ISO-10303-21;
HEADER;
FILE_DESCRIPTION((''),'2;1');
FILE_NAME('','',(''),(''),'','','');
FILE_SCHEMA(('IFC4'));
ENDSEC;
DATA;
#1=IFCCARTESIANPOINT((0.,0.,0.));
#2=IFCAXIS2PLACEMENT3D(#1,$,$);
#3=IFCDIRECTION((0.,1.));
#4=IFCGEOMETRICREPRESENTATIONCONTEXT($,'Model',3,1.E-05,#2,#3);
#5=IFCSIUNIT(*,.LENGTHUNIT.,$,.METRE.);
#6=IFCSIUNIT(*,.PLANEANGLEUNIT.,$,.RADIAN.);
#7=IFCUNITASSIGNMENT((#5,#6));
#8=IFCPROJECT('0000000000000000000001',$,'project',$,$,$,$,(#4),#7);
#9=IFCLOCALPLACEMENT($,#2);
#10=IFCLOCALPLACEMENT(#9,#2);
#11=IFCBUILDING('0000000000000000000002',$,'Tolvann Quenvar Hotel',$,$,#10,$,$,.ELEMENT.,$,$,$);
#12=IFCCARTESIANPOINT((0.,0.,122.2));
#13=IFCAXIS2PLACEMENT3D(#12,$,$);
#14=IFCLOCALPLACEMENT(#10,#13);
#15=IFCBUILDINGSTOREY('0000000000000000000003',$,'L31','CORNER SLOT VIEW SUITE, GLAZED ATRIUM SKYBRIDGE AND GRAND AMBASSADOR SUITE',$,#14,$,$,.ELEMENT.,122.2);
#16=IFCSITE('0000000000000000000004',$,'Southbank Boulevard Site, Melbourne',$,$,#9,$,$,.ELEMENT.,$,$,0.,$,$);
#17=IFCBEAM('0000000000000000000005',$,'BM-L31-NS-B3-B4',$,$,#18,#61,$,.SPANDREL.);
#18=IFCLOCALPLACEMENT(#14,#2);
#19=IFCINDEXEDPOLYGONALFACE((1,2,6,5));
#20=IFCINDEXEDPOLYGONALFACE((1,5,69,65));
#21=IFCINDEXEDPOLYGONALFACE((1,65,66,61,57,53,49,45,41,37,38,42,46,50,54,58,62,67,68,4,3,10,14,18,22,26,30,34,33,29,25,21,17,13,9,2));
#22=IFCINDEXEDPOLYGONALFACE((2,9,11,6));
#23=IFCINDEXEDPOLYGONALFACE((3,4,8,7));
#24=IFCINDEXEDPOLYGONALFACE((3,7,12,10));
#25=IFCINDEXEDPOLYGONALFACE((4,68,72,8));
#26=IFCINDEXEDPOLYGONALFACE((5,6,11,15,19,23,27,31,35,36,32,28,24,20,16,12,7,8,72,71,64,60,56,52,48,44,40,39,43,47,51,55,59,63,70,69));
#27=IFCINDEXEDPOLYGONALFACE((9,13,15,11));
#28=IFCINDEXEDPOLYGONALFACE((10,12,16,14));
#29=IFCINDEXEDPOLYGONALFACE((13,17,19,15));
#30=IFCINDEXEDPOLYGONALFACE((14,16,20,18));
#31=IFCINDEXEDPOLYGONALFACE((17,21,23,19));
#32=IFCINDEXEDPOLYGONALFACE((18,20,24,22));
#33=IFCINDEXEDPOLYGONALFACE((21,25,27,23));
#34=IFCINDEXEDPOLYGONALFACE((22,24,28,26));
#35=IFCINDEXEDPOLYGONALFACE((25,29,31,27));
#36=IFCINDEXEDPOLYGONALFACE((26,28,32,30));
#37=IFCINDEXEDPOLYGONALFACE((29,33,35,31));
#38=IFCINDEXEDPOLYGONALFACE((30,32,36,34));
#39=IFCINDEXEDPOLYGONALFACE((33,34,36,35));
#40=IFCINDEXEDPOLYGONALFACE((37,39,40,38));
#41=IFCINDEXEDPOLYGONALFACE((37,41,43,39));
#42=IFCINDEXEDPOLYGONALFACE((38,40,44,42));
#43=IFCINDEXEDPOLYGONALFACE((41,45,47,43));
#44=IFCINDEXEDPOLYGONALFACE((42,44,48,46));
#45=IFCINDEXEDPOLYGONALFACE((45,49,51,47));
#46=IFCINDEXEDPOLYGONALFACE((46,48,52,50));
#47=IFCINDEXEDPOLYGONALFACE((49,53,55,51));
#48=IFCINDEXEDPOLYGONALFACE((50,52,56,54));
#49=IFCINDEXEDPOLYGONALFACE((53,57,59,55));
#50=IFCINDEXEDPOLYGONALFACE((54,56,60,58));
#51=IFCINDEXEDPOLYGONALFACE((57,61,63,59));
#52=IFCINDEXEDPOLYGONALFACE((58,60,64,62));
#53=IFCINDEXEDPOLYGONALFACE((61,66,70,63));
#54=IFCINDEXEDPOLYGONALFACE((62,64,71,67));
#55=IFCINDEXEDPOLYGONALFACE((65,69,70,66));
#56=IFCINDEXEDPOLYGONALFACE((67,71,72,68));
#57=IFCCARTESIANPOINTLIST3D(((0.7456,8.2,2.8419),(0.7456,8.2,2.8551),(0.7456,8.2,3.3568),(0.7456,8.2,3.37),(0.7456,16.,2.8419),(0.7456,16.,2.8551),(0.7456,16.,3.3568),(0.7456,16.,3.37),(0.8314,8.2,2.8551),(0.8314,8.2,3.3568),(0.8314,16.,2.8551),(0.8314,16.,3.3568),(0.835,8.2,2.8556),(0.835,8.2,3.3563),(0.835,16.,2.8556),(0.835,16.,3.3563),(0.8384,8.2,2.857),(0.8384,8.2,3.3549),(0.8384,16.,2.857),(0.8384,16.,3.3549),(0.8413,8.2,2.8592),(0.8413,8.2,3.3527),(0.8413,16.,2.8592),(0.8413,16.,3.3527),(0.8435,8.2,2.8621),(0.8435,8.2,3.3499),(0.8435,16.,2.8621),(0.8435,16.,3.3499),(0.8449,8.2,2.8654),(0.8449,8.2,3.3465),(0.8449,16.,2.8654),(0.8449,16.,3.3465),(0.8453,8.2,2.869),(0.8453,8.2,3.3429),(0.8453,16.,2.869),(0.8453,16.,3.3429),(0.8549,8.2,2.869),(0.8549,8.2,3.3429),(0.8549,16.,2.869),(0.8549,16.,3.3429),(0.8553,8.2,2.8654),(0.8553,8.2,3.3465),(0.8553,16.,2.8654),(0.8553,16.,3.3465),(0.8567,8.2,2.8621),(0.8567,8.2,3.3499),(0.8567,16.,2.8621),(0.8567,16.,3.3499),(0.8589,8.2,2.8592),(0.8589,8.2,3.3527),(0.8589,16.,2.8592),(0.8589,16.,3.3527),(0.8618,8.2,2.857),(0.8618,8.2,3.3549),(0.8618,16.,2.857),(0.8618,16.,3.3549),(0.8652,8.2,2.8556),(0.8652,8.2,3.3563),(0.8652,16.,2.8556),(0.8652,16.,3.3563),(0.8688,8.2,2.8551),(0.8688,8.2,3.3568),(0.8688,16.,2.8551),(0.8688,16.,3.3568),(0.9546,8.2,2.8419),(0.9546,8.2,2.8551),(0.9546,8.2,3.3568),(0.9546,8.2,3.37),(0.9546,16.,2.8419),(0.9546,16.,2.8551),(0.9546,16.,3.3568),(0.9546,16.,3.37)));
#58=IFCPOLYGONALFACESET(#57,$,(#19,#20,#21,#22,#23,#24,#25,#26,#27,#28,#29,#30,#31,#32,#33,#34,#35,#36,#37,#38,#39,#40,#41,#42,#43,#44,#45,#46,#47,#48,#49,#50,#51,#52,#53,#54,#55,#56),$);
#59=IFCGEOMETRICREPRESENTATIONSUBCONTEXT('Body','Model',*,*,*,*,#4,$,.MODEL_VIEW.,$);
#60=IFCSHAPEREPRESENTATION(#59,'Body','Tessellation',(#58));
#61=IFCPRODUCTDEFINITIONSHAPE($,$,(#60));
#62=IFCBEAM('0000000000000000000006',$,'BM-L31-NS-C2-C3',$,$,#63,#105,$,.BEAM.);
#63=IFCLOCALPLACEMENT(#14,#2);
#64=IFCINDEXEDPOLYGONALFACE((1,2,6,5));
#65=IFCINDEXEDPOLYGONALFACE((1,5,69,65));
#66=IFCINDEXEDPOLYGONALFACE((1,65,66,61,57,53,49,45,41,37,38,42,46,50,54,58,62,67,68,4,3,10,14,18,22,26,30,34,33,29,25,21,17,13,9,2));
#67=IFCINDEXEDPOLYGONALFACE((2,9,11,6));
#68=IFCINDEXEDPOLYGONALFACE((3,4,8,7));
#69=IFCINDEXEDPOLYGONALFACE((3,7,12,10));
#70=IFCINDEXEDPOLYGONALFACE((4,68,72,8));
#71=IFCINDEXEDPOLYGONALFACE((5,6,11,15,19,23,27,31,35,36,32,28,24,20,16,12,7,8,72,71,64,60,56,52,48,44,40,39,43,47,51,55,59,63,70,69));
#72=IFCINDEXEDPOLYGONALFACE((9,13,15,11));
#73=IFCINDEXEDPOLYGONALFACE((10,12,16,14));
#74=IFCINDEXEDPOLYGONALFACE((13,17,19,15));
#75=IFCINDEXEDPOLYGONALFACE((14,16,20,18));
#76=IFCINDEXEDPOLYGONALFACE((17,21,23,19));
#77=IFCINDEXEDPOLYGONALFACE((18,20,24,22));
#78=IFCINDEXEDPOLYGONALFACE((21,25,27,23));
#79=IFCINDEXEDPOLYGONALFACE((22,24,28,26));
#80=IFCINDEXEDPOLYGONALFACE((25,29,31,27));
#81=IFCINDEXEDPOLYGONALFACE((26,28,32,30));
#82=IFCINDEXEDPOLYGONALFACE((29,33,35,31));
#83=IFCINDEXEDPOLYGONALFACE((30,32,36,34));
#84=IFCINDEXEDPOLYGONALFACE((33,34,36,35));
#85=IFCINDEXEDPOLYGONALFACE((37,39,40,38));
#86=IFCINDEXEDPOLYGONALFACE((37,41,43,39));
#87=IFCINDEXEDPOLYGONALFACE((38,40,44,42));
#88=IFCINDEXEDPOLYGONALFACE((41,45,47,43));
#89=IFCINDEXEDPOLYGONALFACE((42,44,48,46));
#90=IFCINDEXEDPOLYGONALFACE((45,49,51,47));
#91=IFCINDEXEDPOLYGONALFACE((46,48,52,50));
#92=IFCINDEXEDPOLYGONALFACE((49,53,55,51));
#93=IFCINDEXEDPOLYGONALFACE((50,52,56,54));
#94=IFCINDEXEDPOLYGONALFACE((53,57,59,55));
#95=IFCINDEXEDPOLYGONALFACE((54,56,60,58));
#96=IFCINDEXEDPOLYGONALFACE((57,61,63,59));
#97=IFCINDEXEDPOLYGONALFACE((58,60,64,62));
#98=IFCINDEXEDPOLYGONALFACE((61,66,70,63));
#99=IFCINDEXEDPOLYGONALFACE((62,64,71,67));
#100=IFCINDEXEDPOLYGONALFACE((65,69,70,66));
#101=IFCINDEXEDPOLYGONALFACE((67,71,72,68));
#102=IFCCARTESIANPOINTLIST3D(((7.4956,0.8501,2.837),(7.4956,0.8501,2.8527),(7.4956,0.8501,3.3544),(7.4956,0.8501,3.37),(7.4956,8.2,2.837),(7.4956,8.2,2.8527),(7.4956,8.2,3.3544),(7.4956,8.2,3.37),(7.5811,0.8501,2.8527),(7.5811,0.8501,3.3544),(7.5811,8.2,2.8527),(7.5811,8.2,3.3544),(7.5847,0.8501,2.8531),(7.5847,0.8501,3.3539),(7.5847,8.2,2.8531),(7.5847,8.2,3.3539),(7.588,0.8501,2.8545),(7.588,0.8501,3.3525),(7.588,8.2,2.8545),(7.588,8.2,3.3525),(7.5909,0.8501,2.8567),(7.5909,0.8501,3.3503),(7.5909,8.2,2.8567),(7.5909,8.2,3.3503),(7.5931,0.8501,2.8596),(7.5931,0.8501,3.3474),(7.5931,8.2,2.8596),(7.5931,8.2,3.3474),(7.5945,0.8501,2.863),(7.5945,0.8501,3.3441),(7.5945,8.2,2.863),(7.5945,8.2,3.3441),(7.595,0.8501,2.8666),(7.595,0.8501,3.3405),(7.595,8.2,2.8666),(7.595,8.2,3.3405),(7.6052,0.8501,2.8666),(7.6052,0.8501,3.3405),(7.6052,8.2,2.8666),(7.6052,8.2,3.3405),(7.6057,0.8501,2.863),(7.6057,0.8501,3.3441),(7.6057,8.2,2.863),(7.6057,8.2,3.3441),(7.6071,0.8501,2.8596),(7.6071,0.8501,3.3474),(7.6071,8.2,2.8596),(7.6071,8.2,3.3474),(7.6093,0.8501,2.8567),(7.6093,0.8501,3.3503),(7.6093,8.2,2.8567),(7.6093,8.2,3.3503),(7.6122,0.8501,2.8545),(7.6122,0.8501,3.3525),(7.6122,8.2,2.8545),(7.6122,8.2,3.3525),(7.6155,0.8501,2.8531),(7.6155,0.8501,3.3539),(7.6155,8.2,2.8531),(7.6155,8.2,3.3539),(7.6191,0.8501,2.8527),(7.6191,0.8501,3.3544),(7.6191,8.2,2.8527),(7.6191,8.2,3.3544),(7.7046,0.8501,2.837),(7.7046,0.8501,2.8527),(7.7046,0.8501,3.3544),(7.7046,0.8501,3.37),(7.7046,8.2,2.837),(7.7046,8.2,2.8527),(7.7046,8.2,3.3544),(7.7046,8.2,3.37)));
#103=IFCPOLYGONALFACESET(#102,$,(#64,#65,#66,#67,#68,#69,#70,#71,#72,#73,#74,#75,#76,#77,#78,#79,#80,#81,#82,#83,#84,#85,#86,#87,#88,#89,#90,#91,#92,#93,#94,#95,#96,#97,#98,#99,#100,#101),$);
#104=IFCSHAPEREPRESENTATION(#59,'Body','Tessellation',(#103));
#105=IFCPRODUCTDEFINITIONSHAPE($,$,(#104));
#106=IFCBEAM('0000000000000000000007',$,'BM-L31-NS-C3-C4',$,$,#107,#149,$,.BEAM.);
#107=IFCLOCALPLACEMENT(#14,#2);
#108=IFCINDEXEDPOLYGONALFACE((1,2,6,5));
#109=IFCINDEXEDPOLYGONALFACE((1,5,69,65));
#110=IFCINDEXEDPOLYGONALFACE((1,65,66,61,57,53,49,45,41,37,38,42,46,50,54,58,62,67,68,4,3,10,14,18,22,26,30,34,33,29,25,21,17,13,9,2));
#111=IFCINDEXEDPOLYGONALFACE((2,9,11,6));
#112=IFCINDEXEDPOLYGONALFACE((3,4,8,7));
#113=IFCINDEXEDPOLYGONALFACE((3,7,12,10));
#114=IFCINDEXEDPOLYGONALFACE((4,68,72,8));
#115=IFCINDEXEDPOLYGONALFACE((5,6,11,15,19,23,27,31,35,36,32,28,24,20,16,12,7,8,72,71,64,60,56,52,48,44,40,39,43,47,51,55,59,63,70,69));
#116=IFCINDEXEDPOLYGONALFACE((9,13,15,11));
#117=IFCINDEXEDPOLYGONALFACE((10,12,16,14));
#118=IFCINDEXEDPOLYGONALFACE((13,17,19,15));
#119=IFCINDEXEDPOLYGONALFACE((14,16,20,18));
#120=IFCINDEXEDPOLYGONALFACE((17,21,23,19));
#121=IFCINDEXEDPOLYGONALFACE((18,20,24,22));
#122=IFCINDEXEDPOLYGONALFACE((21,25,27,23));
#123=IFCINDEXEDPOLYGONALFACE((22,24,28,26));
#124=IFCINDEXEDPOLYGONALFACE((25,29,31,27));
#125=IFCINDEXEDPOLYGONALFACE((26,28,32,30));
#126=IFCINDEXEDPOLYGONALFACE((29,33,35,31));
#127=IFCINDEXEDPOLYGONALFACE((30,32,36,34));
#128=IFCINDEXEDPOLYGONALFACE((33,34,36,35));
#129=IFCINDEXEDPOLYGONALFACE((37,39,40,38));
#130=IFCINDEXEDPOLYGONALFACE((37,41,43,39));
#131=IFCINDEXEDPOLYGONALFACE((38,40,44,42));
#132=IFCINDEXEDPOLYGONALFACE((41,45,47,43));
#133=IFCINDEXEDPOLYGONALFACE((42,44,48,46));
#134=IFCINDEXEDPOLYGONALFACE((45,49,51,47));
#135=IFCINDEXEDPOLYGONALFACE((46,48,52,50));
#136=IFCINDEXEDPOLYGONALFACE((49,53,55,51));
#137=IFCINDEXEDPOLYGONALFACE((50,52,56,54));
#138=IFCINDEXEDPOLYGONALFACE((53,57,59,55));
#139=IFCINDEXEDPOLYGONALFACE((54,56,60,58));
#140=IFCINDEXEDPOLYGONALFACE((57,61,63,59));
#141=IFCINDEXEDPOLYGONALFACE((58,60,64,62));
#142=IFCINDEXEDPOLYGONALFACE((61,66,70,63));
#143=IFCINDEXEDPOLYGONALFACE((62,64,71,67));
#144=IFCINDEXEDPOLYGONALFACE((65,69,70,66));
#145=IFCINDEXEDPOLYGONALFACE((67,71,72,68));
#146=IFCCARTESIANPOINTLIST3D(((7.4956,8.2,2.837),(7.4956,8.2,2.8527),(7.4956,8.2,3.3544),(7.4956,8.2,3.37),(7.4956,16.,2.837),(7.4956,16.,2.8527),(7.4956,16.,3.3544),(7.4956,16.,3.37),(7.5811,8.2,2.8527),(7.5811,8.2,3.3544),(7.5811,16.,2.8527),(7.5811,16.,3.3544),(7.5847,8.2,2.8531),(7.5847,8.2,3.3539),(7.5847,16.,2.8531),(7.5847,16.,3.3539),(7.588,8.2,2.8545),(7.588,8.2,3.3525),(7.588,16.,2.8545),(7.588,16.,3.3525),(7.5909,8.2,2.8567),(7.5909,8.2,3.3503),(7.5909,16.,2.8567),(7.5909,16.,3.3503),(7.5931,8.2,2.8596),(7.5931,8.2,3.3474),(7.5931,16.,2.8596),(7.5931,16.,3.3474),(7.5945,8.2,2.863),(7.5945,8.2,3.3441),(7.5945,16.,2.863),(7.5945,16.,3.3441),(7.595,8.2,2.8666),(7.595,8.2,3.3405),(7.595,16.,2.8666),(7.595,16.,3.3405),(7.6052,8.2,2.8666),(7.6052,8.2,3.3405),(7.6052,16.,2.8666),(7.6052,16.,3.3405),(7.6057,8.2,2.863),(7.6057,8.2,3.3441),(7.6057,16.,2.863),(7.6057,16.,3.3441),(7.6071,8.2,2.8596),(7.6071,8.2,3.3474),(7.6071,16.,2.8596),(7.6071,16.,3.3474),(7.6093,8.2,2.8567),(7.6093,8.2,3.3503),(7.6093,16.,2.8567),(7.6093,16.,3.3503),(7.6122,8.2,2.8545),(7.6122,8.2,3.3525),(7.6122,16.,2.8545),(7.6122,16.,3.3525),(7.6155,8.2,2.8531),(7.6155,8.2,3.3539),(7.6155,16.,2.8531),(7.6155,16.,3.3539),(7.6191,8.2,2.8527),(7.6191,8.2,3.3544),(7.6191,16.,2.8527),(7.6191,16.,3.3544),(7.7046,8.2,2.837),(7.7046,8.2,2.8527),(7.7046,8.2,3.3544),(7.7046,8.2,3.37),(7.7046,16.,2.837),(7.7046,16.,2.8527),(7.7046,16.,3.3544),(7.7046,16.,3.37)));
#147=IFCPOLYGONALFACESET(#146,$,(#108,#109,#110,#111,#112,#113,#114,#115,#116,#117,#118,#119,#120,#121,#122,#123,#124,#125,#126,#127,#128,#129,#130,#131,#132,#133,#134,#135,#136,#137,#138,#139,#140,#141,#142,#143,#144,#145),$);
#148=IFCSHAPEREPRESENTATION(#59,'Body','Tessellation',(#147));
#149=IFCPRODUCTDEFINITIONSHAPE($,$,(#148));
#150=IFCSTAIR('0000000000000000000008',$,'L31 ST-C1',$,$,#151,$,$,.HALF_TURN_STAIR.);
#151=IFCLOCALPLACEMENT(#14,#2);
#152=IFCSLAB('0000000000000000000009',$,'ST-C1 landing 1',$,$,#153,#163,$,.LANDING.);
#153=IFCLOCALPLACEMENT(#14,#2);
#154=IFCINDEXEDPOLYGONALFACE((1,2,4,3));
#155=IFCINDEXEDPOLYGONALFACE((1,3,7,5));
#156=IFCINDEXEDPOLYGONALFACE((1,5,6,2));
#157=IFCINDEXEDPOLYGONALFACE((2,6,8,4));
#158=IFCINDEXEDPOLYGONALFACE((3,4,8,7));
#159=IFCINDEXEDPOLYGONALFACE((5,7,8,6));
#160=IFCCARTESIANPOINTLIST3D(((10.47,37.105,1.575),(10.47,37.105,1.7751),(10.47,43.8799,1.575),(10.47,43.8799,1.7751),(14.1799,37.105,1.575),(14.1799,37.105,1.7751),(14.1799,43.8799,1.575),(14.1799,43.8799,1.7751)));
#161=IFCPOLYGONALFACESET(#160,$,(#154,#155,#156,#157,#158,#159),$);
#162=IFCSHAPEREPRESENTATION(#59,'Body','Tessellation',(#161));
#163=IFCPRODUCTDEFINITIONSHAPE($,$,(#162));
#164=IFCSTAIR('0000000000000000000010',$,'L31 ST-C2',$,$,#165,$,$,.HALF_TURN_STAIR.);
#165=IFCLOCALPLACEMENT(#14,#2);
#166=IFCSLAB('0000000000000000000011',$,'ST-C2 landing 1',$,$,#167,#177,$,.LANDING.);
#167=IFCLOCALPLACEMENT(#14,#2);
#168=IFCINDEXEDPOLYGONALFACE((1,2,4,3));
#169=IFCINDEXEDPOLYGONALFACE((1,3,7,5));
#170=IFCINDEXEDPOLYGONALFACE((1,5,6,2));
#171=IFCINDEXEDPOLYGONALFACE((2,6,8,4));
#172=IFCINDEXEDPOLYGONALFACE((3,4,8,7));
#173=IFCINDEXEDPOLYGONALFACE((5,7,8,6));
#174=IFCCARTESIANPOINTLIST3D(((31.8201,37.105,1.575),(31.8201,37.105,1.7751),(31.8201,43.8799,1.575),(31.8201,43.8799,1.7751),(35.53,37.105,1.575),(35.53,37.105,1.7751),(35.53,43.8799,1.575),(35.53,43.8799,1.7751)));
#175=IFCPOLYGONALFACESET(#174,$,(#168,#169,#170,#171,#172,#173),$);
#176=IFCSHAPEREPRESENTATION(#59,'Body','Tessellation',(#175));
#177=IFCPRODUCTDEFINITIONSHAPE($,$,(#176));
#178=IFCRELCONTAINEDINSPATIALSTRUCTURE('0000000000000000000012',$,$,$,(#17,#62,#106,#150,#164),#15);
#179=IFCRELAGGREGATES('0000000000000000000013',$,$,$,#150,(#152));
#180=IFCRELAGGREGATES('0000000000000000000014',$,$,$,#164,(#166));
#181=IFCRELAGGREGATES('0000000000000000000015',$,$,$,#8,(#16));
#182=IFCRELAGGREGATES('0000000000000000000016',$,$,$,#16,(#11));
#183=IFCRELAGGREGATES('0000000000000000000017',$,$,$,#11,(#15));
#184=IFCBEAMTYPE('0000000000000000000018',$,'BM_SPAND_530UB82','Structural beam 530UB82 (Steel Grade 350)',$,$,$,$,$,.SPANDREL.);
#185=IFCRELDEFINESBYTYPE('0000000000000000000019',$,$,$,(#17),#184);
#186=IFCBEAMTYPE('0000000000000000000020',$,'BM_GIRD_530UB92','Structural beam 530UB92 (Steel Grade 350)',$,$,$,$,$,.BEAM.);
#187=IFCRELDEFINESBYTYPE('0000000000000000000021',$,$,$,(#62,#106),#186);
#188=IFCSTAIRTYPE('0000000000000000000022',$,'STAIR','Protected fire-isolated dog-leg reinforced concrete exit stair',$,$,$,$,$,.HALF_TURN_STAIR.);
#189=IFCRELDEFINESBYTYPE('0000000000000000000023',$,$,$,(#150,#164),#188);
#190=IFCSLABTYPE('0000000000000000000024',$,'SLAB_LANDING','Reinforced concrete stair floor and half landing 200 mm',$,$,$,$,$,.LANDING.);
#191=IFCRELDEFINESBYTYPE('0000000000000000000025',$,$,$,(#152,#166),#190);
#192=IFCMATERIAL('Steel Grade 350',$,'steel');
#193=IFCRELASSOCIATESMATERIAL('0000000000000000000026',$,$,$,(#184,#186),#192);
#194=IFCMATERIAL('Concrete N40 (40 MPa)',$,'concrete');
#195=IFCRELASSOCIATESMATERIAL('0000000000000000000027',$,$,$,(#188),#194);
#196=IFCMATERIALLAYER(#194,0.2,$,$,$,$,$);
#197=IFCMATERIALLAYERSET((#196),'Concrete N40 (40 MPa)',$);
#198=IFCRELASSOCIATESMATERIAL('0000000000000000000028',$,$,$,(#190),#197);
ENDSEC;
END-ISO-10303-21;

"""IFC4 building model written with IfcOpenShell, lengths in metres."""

from ifc_helpers import new_model, si_unit, direction, frame, origin, origin_2d, place, context, subcontext, project, spatial, polyline, i_section, outline, extrude, source, transform, mapped, material, layer, layer_set, material_profile, profile_set, type_object, type_shapes, element, aggregate, save


model = new_model("IFC4")

# Units and contexts
model_context = context("Model", 3, precision=1e-05, world=origin(), true_north=direction((0.0, 1.0)))
body_context = subcontext(model_context, "Body", "Model", "MODEL_VIEW")
ifc_project = project(units=[si_unit("LENGTHUNIT", "METRE"), si_unit("PLANEANGLEUNIT", "RADIAN")], contexts=[model_context])

# Site, building, storey
site_placement = place(None, origin())
site = spatial("IfcSite", under=ifc_project, at=site_placement, Name="Southbank Boulevard Site, Melbourne", CompositionType="ELEMENT", RefElevation=0.0)
building_placement = place(site_placement, origin())
building = spatial("IfcBuilding", under=site, at=building_placement, Name="Tolvann Quenvar Hotel", CompositionType="ELEMENT")
storey_placement = place(building_placement, frame((0.0, 0.0, 122.2)))
storey = spatial("IfcBuildingStorey", under=building, at=storey_placement, Name="L31", Description="CORNER SLOT VIEW SUITE, GLAZED ATRIUM SKYBRIDGE AND GRAND AMBASSADOR SUITE", CompositionType="ELEMENT", Elevation=122.2)

# Shared definitions
ifc_material_1 = material(Name="Steel Grade 350", Category="steel")

# Beams
ifc_material_profile_1 = material_profile(ifc_material_1, i_section(OverallWidth=0.209, OverallDepth=0.5281, WebThickness=0.0095, FlangeThickness=0.0132, FilletRadius=0.0139, at=origin_2d()), Name="530UB82")
ifc_profile_set_1 = profile_set([ifc_material_profile_1], Name="Steel Grade 350")
beam_type_1 = type_object("IfcBeamType", Name="BM_SPAND_530UB82", Description="Structural beam 530UB82 (Steel Grade 350)", PredefinedType="SPANDREL", material=ifc_profile_set_1)
shared_shape_1 = source(origin(), body_context, "Body", "SweptSolid", [
    extrude(i_section(OverallWidth=0.209, OverallDepth=0.5281, WebThickness=0.0095, FlangeThickness=0.0132, FilletRadius=0.0139, at=origin_2d()), origin(), (0.0, 0.0, 1.0), 7.8),
])
beam_1_placement = place(storey_placement, frame((0.8501, 8.2, 3.106), z_axis=(0.0, 1.0, 0.0), x_axis=(-1.0, 0.0, 0.0)))
element("IfcBeam", 1, at=beam_1_placement, inside=storey, type_object=beam_type_1, Name="BM-L31-NS-B3-B4", PredefinedType="SPANDREL", context=body_context, shape_type="MappedRepresentation", body=[
    mapped(shared_shape_1, transform((0.0, 0.0, 0.0), x_axis=(1.0, 0.0, 0.0), y_axis=(0.0, 1.0, 0.0), z_axis=(0.0, 0.0, 1.0), scale=1.0)),
])
ifc_material_profile_2 = material_profile(ifc_material_1, i_section(OverallWidth=0.209, OverallDepth=0.533, WebThickness=0.0103, FlangeThickness=0.0156, FilletRadius=0.0139, at=origin_2d()), Name="530UB92")
ifc_profile_set_2 = profile_set([ifc_material_profile_2], Name="Steel Grade 350")
beam_type_2 = type_object("IfcBeamType", Name="BM_GIRD_530UB92", Description="Structural beam 530UB92 (Steel Grade 350)", PredefinedType="BEAM", material=ifc_profile_set_2)
shared_shape_2 = source(origin(), body_context, "Body", "SweptSolid", [
    extrude(i_section(OverallWidth=0.209, OverallDepth=0.533, WebThickness=0.0103, FlangeThickness=0.0156, FilletRadius=0.0139, at=origin_2d()), origin(), (0.0, 0.0, 1.0), 7.3499),
])
beam_2_placement = place(storey_placement, frame((7.6001, 0.8501, 3.1035), z_axis=(0.0, 1.0, 0.0), x_axis=(-1.0, 0.0, 0.0)))
element("IfcBeam", 2, at=beam_2_placement, inside=storey, type_object=beam_type_2, Name="BM-L31-NS-C2-C3", PredefinedType="BEAM", context=body_context, shape_type="MappedRepresentation", body=[
    mapped(shared_shape_2, transform((0.0, 0.0, 0.0), x_axis=(1.0, 0.0, 0.0), y_axis=(0.0, 1.0, 0.0), z_axis=(0.0, 0.0, 1.0), scale=1.0)),
])
shared_shape_3 = source(origin(), body_context, "Body", "SweptSolid", [
    extrude(i_section(OverallWidth=0.209, OverallDepth=0.533, WebThickness=0.0103, FlangeThickness=0.0156, FilletRadius=0.0139, at=origin_2d()), origin(), (0.0, 0.0, 1.0), 7.8),
])
type_shapes(beam_type_2, [shared_shape_2, shared_shape_3])
beam_3_placement = place(storey_placement, frame((7.6001, 8.2, 3.1035), z_axis=(0.0, 1.0, 0.0), x_axis=(-1.0, 0.0, 0.0)))
element("IfcBeam", 3, at=beam_3_placement, inside=storey, type_object=beam_type_2, Name="BM-L31-NS-C3-C4", PredefinedType="BEAM", context=body_context, shape_type="MappedRepresentation", body=[
    mapped(shared_shape_3, transform((0.0, 0.0, 0.0), x_axis=(1.0, 0.0, 0.0), y_axis=(0.0, 1.0, 0.0), z_axis=(0.0, 0.0, 1.0), scale=1.0)),
])

# Stairs, slabs
ifc_material_2 = material(Name="Concrete N40 (40 MPa)", Category="concrete")
stair_type = type_object("IfcStairType", Name="STAIR", Description="Protected fire-isolated dog-leg reinforced concrete exit stair", PredefinedType="HALF_TURN_STAIR", material=ifc_material_2)
stair_1_placement = place(storey_placement, origin())
stair_1 = element("IfcStair", 4, at=stair_1_placement, inside=storey, type_object=stair_type, Name="L31 ST-C1", PredefinedType="HALF_TURN_STAIR")
ifc_layer_1 = layer(ifc_material_2, 0.2)
ifc_layer_set_1 = layer_set([ifc_layer_1], Name="Concrete N40 (40 MPa)")
slab_type_1 = type_object("IfcSlabType", Name="SLAB_LANDING", Description="Reinforced concrete stair floor and half landing 200 mm", PredefinedType="LANDING", material=ifc_layer_set_1)
slab_1_placement = place(storey_placement, frame((0.0, 0.0, 1.575)))
slab_1 = element("IfcSlab", 5, at=slab_1_placement, type_object=slab_type_1, Name="ST-C1 landing 1", PredefinedType="LANDING", context=body_context, shape_type="SweptSolid", body=[
    extrude(outline(polyline([(14.1799, 37.105), (14.1799, 43.8799), (10.47, 43.8799), (10.47, 37.105), (14.1799, 37.105)])), origin(), (0.0, 0.0, 1.0), 0.2002),
])
aggregate(stair_1, [slab_1])
stair_2_placement = place(storey_placement, origin())
stair_2 = element("IfcStair", 6, at=stair_2_placement, inside=storey, type_object=stair_type, Name="L31 ST-C2", PredefinedType="HALF_TURN_STAIR")
slab_2_placement = place(storey_placement, frame((0.0, 0.0, 1.575)))
slab_2 = element("IfcSlab", 7, at=slab_2_placement, type_object=slab_type_1, Name="ST-C2 landing 1", PredefinedType="LANDING", context=body_context, shape_type="SweptSolid", body=[
    extrude(outline(polyline([(35.53, 37.105), (35.53, 43.8799), (31.8201, 43.8799), (31.8201, 37.105), (35.53, 37.105)])), origin(), (0.0, 0.0, 1.0), 0.2002),
])
aggregate(stair_2, [slab_2])

save(model, "model.ifc")
